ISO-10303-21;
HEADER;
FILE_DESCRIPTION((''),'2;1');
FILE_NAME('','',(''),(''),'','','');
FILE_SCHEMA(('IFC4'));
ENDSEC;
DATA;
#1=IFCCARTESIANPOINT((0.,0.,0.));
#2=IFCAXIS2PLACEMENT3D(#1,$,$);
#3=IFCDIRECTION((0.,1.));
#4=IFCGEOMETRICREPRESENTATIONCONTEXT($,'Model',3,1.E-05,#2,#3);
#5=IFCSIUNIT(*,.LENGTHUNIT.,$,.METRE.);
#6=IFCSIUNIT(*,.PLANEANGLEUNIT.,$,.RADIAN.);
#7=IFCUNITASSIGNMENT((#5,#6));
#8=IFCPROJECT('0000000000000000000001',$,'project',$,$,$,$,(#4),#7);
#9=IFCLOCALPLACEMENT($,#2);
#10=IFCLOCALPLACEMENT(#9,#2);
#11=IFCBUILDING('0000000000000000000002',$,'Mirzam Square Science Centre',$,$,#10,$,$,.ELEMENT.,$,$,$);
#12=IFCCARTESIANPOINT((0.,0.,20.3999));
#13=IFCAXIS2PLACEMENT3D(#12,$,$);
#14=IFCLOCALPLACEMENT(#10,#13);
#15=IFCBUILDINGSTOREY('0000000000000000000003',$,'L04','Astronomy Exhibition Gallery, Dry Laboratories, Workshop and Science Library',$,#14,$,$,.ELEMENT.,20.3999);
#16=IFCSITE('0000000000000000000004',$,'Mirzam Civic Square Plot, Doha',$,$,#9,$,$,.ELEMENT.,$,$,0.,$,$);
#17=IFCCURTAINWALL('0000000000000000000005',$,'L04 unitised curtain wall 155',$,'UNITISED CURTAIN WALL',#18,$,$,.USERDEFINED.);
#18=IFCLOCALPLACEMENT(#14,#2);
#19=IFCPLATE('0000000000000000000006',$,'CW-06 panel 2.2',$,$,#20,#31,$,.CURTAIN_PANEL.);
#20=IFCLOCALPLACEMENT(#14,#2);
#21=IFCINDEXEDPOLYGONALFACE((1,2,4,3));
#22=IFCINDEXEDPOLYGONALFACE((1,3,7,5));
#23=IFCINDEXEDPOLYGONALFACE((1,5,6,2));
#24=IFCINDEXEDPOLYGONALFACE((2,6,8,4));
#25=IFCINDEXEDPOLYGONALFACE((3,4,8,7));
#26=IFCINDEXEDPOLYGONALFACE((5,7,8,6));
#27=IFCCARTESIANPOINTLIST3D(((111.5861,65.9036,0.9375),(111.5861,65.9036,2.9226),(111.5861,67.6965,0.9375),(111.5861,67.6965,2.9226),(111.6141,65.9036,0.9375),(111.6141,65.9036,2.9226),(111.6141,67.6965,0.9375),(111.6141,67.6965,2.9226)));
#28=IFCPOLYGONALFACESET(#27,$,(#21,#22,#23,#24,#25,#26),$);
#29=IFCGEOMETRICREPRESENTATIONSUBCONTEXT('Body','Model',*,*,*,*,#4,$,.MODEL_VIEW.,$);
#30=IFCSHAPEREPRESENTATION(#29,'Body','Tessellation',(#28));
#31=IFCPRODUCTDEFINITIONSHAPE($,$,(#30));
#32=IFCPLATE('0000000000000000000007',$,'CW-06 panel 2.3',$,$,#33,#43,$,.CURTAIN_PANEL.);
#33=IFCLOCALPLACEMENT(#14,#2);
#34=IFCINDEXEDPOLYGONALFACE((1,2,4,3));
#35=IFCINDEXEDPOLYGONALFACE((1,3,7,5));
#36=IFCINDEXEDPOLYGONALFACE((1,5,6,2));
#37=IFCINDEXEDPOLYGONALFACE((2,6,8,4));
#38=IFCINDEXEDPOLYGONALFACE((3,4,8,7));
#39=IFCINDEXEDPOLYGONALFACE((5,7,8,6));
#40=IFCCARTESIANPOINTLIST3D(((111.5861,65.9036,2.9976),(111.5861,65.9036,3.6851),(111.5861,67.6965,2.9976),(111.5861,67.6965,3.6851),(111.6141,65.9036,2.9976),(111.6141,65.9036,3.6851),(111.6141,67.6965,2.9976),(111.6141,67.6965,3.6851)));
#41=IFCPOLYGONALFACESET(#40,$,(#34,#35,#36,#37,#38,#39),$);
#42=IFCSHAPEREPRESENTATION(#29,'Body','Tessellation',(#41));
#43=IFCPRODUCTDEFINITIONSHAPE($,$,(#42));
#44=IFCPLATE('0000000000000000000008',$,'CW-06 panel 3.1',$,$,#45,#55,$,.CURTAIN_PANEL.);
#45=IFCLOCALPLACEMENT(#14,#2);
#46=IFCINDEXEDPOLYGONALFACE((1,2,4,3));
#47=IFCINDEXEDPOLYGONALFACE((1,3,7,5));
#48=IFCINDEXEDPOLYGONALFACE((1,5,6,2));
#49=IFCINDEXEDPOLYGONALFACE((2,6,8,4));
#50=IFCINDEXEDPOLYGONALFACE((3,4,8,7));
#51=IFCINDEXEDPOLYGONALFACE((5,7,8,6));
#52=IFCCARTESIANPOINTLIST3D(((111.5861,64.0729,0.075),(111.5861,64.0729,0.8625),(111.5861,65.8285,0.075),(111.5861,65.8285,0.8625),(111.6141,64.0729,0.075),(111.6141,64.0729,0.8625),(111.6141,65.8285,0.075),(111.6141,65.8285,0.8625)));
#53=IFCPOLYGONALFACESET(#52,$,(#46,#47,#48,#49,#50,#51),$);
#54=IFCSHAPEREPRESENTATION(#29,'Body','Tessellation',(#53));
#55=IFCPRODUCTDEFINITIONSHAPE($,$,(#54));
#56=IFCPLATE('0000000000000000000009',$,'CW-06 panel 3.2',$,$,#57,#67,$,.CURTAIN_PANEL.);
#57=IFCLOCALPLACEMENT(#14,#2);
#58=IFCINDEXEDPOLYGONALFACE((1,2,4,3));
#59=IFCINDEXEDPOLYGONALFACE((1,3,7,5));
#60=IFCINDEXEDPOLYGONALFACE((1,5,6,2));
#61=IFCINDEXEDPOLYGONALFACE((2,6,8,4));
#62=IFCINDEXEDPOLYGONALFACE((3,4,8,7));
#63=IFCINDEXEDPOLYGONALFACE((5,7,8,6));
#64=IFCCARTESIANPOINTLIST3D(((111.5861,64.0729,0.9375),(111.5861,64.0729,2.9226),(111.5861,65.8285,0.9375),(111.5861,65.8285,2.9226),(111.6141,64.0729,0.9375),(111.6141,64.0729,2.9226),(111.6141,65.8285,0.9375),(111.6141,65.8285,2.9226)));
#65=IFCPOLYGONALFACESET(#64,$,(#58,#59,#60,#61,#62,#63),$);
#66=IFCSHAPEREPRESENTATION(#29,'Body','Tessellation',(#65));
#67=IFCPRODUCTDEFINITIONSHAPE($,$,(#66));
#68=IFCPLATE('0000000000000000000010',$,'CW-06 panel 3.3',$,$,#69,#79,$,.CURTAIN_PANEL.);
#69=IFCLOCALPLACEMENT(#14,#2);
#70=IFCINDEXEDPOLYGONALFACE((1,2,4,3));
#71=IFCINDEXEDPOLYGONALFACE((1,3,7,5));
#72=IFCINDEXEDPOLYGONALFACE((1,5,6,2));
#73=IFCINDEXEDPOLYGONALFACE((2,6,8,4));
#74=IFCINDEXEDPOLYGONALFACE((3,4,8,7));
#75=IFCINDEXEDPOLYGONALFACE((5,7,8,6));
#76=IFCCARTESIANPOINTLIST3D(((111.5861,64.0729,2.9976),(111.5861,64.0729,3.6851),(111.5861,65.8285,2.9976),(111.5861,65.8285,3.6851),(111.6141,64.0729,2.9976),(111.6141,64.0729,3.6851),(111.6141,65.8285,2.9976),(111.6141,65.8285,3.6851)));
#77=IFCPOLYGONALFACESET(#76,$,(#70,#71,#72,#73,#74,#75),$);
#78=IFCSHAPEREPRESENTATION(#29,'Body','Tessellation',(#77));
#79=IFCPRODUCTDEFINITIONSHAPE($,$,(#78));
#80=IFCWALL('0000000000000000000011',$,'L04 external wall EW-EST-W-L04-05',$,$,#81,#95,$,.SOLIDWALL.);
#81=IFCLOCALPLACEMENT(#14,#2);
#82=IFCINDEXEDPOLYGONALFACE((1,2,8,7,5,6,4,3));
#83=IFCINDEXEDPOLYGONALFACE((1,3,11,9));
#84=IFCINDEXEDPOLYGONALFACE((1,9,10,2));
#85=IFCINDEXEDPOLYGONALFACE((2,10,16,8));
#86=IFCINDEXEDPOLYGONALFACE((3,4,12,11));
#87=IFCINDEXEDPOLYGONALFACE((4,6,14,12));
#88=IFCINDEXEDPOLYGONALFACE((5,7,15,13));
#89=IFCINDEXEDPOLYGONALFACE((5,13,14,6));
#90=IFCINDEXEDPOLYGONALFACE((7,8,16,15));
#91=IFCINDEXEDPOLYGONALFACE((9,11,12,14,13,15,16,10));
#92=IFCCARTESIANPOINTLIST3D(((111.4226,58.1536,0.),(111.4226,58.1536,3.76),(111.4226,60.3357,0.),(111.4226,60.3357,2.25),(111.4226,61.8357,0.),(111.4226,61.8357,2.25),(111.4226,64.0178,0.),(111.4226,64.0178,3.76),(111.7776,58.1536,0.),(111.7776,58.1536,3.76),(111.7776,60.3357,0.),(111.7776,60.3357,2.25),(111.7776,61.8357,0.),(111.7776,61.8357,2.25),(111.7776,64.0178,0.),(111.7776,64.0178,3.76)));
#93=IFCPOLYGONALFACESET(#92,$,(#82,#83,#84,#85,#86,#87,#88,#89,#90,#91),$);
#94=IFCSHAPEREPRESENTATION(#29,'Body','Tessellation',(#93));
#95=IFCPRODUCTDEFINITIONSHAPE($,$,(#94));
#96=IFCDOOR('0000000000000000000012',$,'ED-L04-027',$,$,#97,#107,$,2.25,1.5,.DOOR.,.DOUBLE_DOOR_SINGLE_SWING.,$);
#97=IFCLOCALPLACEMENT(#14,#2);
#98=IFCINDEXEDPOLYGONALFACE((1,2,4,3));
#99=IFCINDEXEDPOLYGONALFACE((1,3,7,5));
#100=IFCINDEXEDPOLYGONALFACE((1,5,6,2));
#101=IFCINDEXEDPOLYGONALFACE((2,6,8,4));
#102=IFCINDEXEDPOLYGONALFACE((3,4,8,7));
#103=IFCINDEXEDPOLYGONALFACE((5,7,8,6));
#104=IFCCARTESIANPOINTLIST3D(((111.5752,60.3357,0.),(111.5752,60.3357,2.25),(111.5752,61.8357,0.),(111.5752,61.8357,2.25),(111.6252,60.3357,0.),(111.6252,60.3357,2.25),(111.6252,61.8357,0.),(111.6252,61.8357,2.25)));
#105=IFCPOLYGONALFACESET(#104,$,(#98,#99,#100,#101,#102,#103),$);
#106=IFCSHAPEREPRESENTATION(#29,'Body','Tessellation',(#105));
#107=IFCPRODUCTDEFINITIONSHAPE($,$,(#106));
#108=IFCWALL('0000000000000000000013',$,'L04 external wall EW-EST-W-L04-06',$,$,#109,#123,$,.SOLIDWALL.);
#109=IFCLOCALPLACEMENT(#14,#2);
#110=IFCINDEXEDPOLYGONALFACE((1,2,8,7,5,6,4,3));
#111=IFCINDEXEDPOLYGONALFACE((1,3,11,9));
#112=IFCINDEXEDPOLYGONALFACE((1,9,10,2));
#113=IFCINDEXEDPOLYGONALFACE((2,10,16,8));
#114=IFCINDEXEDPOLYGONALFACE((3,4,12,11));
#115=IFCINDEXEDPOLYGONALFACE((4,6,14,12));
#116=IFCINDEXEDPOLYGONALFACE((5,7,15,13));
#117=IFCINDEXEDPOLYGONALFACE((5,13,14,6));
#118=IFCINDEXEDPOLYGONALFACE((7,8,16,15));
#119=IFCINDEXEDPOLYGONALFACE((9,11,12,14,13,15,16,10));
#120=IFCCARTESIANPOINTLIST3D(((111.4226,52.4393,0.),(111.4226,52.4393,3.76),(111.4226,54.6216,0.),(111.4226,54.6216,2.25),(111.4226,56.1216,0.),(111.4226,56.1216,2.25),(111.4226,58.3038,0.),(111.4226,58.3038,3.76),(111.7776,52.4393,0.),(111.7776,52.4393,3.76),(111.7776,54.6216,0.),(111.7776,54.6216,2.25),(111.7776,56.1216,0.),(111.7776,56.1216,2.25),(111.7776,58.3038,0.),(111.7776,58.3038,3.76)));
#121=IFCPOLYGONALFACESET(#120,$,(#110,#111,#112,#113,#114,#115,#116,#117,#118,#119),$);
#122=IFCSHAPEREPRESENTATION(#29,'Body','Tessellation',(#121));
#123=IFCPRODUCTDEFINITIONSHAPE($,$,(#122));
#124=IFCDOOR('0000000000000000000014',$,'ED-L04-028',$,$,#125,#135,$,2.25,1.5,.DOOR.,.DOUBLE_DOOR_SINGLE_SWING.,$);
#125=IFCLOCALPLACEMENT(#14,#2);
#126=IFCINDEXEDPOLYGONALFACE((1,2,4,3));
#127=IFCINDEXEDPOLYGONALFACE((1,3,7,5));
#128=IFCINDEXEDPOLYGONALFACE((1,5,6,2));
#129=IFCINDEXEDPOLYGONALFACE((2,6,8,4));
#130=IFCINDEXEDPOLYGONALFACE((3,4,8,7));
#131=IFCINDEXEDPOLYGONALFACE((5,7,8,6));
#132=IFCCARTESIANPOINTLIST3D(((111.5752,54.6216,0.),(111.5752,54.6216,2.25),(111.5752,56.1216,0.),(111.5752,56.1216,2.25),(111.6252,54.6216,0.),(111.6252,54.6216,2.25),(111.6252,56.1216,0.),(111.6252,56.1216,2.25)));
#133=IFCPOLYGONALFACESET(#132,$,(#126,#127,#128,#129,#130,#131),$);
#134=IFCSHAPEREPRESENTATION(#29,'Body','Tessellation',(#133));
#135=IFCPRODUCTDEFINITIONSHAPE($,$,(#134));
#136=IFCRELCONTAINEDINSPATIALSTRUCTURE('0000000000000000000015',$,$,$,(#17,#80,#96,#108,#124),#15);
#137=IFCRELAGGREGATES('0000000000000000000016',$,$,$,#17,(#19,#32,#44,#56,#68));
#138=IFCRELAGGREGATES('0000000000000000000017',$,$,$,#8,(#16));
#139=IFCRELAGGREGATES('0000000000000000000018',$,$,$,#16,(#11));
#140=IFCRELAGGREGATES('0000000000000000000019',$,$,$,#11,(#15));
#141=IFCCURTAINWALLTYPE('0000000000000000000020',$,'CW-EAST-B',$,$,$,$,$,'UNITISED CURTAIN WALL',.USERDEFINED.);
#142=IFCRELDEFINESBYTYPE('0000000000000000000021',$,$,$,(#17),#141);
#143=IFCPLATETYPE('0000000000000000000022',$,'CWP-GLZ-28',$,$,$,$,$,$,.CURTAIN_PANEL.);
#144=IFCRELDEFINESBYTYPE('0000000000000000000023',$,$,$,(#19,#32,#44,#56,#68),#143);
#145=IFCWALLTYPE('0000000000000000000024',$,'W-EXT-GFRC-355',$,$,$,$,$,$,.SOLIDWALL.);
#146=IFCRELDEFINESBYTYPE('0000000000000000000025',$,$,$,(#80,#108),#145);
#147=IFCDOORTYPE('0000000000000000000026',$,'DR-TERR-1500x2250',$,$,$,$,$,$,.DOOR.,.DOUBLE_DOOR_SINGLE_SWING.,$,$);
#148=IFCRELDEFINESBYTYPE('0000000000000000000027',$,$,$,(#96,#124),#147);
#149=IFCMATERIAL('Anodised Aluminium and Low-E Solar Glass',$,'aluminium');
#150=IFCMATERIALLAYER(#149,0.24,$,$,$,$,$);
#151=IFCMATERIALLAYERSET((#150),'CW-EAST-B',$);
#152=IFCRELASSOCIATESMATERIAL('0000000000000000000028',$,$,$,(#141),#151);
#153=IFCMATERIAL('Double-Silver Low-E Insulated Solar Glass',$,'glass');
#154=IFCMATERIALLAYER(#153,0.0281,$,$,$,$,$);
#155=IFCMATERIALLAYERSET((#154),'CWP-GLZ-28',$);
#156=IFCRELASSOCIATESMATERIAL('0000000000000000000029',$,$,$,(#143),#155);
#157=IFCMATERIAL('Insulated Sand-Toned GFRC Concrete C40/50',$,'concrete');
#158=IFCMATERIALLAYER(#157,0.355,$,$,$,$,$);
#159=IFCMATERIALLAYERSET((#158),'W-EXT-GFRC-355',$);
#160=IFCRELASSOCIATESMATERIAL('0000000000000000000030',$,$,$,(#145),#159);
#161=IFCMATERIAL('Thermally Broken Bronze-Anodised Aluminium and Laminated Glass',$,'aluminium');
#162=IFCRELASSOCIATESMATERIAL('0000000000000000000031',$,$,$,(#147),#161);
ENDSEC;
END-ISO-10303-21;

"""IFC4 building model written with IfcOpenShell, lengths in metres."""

from ifc_helpers import new_model, si_unit, direction, frame, frame_2d, origin, origin_2d, place, context, subcontext, project, spatial, rectangle, extrude, material, layer, layer_set, type_object, element, fill, aggregate, save


model = new_model("IFC4")

# Units and contexts
model_context = context("Model", 3, precision=1e-05, world=origin(), true_north=direction((0.0, 1.0)))
body_context = subcontext(model_context, "Body", "Model", "MODEL_VIEW")
ifc_project = project(units=[si_unit("LENGTHUNIT", "METRE"), si_unit("PLANEANGLEUNIT", "RADIAN")], contexts=[model_context])

# Site, building, storey
site_placement = place(None, origin())
site = spatial("IfcSite", under=ifc_project, at=site_placement, Name="Mirzam Civic Square Plot, Doha", CompositionType="ELEMENT", RefElevation=0.0)
building_placement = place(site_placement, origin())
building = spatial("IfcBuilding", under=site, at=building_placement, Name="Mirzam Square Science Centre", CompositionType="ELEMENT")
storey_placement = place(building_placement, frame((0.0, 0.0, 20.3999)))
storey = spatial("IfcBuildingStorey", under=building, at=storey_placement, Name="L04", Description="Astronomy Exhibition Gallery, Dry Laboratories, Workshop and Science Library", CompositionType="ELEMENT", Elevation=20.3999)

# Curtain wall, plates
ifc_material_1 = material(Name="Anodised Aluminium and Low-E Solar Glass", Category="aluminium")
ifc_layer_1 = layer(ifc_material_1, 0.24)
ifc_layer_set_1 = layer_set([ifc_layer_1], Name="CW-EAST-B")
curtain_wall_type = type_object("IfcCurtainWallType", Name="CW-EAST-B", ElementType="UNITISED CURTAIN WALL", PredefinedType="USERDEFINED", material=ifc_layer_set_1)
curtain_wall_placement = place(storey_placement, origin())
curtain_wall = element("IfcCurtainWall", 1, at=curtain_wall_placement, inside=storey, type_object=curtain_wall_type, Name="L04 unitised curtain wall 155", ObjectType="UNITISED CURTAIN WALL", PredefinedType="USERDEFINED")
ifc_material_2 = material(Name="Double-Silver Low-E Insulated Solar Glass", Category="glass")
ifc_layer_2 = layer(ifc_material_2, 0.0281)
ifc_layer_set_2 = layer_set([ifc_layer_2], Name="CWP-GLZ-28")
plate_type = type_object("IfcPlateType", Name="CWP-GLZ-28", PredefinedType="CURTAIN_PANEL", material=ifc_layer_set_2)
plate_1_placement = place(storey_placement, frame((111.6001, 66.8, 0.9375), z_axis=(0.0, 0.0, 1.0), x_axis=(0.0, -1.0, 0.0)))
plate_1 = element("IfcPlate", 2, at=plate_1_placement, type_object=plate_type, Name="CW-06 panel 2.2", PredefinedType="CURTAIN_PANEL", context=body_context, shape_type="SweptSolid", body=[
    extrude(rectangle(XDim=1.793, YDim=0.0281, at=origin_2d()), origin(), (0.0, 0.0, 1.0), 1.9851),
])
plate_2_placement = place(storey_placement, frame((111.6001, 66.8, 2.9976), z_axis=(0.0, 0.0, 1.0), x_axis=(0.0, -1.0, 0.0)))
plate_2 = element("IfcPlate", 3, at=plate_2_placement, type_object=plate_type, Name="CW-06 panel 2.3", PredefinedType="CURTAIN_PANEL", context=body_context, shape_type="SweptSolid", body=[
    extrude(rectangle(XDim=1.793, YDim=0.0281, at=origin_2d()), origin(), (0.0, 0.0, 1.0), 0.6875),
])
plate_3_placement = place(storey_placement, frame((111.6001, 64.9507, 0.075), z_axis=(0.0, 0.0, 1.0), x_axis=(0.0, -1.0, 0.0)))
plate_3 = element("IfcPlate", 4, at=plate_3_placement, type_object=plate_type, Name="CW-06 panel 3.1", PredefinedType="CURTAIN_PANEL", context=body_context, shape_type="SweptSolid", body=[
    extrude(rectangle(XDim=1.7556, YDim=0.0281, at=origin_2d()), origin(), (0.0, 0.0, 1.0), 0.7876),
])
plate_4_placement = place(storey_placement, frame((111.6001, 64.9507, 0.9375), z_axis=(0.0, 0.0, 1.0), x_axis=(0.0, -1.0, 0.0)))
plate_4 = element("IfcPlate", 5, at=plate_4_placement, type_object=plate_type, Name="CW-06 panel 3.2", PredefinedType="CURTAIN_PANEL", context=body_context, shape_type="SweptSolid", body=[
    extrude(rectangle(XDim=1.7556, YDim=0.0281, at=origin_2d()), origin(), (0.0, 0.0, 1.0), 1.9851),
])
plate_5_placement = place(storey_placement, frame((111.6001, 64.9507, 2.9976), z_axis=(0.0, 0.0, 1.0), x_axis=(0.0, -1.0, 0.0)))
plate_5 = element("IfcPlate", 6, at=plate_5_placement, type_object=plate_type, Name="CW-06 panel 3.3", PredefinedType="CURTAIN_PANEL", context=body_context, shape_type="SweptSolid", body=[
    extrude(rectangle(XDim=1.7556, YDim=0.0281, at=origin_2d()), origin(), (0.0, 0.0, 1.0), 0.6875),
])
aggregate(curtain_wall, [plate_1, plate_2, plate_3, plate_4, plate_5])

# Walls, openings, doors
ifc_material_3 = material(Name="Insulated Sand-Toned GFRC Concrete C40/50", Category="concrete")
ifc_layer_3 = layer(ifc_material_3, 0.355)
ifc_layer_set_3 = layer_set([ifc_layer_3], Name="W-EXT-GFRC-355")
wall_type = type_object("IfcWallType", Name="W-EXT-GFRC-355", PredefinedType="SOLIDWALL", material=ifc_layer_set_3)
wall_1_placement = place(storey_placement, frame((111.6001, 64.0178, 0.0), z_axis=(0.0, 0.0, 1.0), x_axis=(0.0, -1.0, 0.0)))
wall_1 = element("IfcWall", 7, at=wall_1_placement, inside=storey, type_object=wall_type, Name="L04 external wall EW-EST-W-L04-05", PredefinedType="SOLIDWALL", context=body_context, shape_type="SweptSolid", body=[
    extrude(rectangle(XDim=5.8643, YDim=0.355, at=frame_2d((2.9321, 0.0))), origin(), (0.0, 0.0, 1.0), 3.76),
])
opening_1_placement = place(wall_1_placement, frame((2.1821, 0.0, 0.0)))
opening_1 = element("IfcOpeningElement", 8, at=opening_1_placement, cuts=wall_1, PredefinedType="OPENING", context=body_context, shape_type="SweptSolid", body=[
    extrude(rectangle(XDim=1.5, YDim=2.25, at=frame_2d((0.75, 1.125))), frame((0.0, 0.1875, 0.0), z_axis=(0.0, -1.0, 0.0), x_axis=(1.0, 0.0, 0.0)), (0.0, 0.0, 1.0), 0.375),
])
ifc_material_4 = material(Name="Thermally Broken Bronze-Anodised Aluminium and Laminated Glass", Category="aluminium")
door_type = type_object("IfcDoorType", Name="DR-TERR-1500x2250", OperationType="DOUBLE_DOOR_SINGLE_SWING", PredefinedType="DOOR", material=ifc_material_4)
door_1_placement = place(opening_1_placement, frame((1.5, 0.0, 0.0), z_axis=(0.0, 0.0, 1.0), x_axis=(-1.0, 0.0, 0.0)))
door_1 = element("IfcDoor", 9, at=door_1_placement, inside=storey, type_object=door_type, Name="ED-L04-027", OperationType="DOUBLE_DOOR_SINGLE_SWING", OverallHeight=2.25, OverallWidth=1.5, PredefinedType="DOOR", context=body_context, shape_type="SweptSolid", body=[
    extrude(rectangle(XDim=1.5, YDim=2.25, at=frame_2d((0.75, 1.125))), frame((0.0, 0.0249, 0.0), z_axis=(0.0, -1.0, 0.0), x_axis=(1.0, 0.0, 0.0)), (0.0, 0.0, 1.0), 0.05),
])
fill(opening_1, door_1)
wall_2_placement = place(storey_placement, frame((111.6001, 58.3037, 0.0), z_axis=(0.0, 0.0, 1.0), x_axis=(0.0, -1.0, 0.0)))
wall_2 = element("IfcWall", 10, at=wall_2_placement, inside=storey, type_object=wall_type, Name="L04 external wall EW-EST-W-L04-06", PredefinedType="SOLIDWALL", context=body_context, shape_type="SweptSolid", body=[
    extrude(rectangle(XDim=5.8645, YDim=0.355, at=frame_2d((2.9321, 0.0))), origin(), (0.0, 0.0, 1.0), 3.76),
])
opening_2_placement = place(wall_2_placement, frame((2.1821, 0.0, 0.0)))
opening_2 = element("IfcOpeningElement", 11, at=opening_2_placement, cuts=wall_2, PredefinedType="OPENING", context=body_context, shape_type="SweptSolid", body=[
    extrude(rectangle(XDim=1.5, YDim=2.25, at=frame_2d((0.75, 1.125))), frame((0.0, 0.1875, 0.0), z_axis=(0.0, -1.0, 0.0), x_axis=(1.0, 0.0, 0.0)), (0.0, 0.0, 1.0), 0.375),
])
door_2_placement = place(opening_2_placement, frame((1.5, 0.0, 0.0), z_axis=(0.0, 0.0, 1.0), x_axis=(-1.0, 0.0, 0.0)))
door_2 = element("IfcDoor", 12, at=door_2_placement, inside=storey, type_object=door_type, Name="ED-L04-028", OperationType="DOUBLE_DOOR_SINGLE_SWING", OverallHeight=2.25, OverallWidth=1.5, PredefinedType="DOOR", context=body_context, shape_type="SweptSolid", body=[
    extrude(rectangle(XDim=1.5, YDim=2.25, at=frame_2d((0.75, 1.125))), frame((0.0, 0.0249, 0.0), z_axis=(0.0, -1.0, 0.0), x_axis=(1.0, 0.0, 0.0)), (0.0, 0.0, 1.0), 0.05),
])
fill(opening_2, door_2)

save(model, "model.ifc")
